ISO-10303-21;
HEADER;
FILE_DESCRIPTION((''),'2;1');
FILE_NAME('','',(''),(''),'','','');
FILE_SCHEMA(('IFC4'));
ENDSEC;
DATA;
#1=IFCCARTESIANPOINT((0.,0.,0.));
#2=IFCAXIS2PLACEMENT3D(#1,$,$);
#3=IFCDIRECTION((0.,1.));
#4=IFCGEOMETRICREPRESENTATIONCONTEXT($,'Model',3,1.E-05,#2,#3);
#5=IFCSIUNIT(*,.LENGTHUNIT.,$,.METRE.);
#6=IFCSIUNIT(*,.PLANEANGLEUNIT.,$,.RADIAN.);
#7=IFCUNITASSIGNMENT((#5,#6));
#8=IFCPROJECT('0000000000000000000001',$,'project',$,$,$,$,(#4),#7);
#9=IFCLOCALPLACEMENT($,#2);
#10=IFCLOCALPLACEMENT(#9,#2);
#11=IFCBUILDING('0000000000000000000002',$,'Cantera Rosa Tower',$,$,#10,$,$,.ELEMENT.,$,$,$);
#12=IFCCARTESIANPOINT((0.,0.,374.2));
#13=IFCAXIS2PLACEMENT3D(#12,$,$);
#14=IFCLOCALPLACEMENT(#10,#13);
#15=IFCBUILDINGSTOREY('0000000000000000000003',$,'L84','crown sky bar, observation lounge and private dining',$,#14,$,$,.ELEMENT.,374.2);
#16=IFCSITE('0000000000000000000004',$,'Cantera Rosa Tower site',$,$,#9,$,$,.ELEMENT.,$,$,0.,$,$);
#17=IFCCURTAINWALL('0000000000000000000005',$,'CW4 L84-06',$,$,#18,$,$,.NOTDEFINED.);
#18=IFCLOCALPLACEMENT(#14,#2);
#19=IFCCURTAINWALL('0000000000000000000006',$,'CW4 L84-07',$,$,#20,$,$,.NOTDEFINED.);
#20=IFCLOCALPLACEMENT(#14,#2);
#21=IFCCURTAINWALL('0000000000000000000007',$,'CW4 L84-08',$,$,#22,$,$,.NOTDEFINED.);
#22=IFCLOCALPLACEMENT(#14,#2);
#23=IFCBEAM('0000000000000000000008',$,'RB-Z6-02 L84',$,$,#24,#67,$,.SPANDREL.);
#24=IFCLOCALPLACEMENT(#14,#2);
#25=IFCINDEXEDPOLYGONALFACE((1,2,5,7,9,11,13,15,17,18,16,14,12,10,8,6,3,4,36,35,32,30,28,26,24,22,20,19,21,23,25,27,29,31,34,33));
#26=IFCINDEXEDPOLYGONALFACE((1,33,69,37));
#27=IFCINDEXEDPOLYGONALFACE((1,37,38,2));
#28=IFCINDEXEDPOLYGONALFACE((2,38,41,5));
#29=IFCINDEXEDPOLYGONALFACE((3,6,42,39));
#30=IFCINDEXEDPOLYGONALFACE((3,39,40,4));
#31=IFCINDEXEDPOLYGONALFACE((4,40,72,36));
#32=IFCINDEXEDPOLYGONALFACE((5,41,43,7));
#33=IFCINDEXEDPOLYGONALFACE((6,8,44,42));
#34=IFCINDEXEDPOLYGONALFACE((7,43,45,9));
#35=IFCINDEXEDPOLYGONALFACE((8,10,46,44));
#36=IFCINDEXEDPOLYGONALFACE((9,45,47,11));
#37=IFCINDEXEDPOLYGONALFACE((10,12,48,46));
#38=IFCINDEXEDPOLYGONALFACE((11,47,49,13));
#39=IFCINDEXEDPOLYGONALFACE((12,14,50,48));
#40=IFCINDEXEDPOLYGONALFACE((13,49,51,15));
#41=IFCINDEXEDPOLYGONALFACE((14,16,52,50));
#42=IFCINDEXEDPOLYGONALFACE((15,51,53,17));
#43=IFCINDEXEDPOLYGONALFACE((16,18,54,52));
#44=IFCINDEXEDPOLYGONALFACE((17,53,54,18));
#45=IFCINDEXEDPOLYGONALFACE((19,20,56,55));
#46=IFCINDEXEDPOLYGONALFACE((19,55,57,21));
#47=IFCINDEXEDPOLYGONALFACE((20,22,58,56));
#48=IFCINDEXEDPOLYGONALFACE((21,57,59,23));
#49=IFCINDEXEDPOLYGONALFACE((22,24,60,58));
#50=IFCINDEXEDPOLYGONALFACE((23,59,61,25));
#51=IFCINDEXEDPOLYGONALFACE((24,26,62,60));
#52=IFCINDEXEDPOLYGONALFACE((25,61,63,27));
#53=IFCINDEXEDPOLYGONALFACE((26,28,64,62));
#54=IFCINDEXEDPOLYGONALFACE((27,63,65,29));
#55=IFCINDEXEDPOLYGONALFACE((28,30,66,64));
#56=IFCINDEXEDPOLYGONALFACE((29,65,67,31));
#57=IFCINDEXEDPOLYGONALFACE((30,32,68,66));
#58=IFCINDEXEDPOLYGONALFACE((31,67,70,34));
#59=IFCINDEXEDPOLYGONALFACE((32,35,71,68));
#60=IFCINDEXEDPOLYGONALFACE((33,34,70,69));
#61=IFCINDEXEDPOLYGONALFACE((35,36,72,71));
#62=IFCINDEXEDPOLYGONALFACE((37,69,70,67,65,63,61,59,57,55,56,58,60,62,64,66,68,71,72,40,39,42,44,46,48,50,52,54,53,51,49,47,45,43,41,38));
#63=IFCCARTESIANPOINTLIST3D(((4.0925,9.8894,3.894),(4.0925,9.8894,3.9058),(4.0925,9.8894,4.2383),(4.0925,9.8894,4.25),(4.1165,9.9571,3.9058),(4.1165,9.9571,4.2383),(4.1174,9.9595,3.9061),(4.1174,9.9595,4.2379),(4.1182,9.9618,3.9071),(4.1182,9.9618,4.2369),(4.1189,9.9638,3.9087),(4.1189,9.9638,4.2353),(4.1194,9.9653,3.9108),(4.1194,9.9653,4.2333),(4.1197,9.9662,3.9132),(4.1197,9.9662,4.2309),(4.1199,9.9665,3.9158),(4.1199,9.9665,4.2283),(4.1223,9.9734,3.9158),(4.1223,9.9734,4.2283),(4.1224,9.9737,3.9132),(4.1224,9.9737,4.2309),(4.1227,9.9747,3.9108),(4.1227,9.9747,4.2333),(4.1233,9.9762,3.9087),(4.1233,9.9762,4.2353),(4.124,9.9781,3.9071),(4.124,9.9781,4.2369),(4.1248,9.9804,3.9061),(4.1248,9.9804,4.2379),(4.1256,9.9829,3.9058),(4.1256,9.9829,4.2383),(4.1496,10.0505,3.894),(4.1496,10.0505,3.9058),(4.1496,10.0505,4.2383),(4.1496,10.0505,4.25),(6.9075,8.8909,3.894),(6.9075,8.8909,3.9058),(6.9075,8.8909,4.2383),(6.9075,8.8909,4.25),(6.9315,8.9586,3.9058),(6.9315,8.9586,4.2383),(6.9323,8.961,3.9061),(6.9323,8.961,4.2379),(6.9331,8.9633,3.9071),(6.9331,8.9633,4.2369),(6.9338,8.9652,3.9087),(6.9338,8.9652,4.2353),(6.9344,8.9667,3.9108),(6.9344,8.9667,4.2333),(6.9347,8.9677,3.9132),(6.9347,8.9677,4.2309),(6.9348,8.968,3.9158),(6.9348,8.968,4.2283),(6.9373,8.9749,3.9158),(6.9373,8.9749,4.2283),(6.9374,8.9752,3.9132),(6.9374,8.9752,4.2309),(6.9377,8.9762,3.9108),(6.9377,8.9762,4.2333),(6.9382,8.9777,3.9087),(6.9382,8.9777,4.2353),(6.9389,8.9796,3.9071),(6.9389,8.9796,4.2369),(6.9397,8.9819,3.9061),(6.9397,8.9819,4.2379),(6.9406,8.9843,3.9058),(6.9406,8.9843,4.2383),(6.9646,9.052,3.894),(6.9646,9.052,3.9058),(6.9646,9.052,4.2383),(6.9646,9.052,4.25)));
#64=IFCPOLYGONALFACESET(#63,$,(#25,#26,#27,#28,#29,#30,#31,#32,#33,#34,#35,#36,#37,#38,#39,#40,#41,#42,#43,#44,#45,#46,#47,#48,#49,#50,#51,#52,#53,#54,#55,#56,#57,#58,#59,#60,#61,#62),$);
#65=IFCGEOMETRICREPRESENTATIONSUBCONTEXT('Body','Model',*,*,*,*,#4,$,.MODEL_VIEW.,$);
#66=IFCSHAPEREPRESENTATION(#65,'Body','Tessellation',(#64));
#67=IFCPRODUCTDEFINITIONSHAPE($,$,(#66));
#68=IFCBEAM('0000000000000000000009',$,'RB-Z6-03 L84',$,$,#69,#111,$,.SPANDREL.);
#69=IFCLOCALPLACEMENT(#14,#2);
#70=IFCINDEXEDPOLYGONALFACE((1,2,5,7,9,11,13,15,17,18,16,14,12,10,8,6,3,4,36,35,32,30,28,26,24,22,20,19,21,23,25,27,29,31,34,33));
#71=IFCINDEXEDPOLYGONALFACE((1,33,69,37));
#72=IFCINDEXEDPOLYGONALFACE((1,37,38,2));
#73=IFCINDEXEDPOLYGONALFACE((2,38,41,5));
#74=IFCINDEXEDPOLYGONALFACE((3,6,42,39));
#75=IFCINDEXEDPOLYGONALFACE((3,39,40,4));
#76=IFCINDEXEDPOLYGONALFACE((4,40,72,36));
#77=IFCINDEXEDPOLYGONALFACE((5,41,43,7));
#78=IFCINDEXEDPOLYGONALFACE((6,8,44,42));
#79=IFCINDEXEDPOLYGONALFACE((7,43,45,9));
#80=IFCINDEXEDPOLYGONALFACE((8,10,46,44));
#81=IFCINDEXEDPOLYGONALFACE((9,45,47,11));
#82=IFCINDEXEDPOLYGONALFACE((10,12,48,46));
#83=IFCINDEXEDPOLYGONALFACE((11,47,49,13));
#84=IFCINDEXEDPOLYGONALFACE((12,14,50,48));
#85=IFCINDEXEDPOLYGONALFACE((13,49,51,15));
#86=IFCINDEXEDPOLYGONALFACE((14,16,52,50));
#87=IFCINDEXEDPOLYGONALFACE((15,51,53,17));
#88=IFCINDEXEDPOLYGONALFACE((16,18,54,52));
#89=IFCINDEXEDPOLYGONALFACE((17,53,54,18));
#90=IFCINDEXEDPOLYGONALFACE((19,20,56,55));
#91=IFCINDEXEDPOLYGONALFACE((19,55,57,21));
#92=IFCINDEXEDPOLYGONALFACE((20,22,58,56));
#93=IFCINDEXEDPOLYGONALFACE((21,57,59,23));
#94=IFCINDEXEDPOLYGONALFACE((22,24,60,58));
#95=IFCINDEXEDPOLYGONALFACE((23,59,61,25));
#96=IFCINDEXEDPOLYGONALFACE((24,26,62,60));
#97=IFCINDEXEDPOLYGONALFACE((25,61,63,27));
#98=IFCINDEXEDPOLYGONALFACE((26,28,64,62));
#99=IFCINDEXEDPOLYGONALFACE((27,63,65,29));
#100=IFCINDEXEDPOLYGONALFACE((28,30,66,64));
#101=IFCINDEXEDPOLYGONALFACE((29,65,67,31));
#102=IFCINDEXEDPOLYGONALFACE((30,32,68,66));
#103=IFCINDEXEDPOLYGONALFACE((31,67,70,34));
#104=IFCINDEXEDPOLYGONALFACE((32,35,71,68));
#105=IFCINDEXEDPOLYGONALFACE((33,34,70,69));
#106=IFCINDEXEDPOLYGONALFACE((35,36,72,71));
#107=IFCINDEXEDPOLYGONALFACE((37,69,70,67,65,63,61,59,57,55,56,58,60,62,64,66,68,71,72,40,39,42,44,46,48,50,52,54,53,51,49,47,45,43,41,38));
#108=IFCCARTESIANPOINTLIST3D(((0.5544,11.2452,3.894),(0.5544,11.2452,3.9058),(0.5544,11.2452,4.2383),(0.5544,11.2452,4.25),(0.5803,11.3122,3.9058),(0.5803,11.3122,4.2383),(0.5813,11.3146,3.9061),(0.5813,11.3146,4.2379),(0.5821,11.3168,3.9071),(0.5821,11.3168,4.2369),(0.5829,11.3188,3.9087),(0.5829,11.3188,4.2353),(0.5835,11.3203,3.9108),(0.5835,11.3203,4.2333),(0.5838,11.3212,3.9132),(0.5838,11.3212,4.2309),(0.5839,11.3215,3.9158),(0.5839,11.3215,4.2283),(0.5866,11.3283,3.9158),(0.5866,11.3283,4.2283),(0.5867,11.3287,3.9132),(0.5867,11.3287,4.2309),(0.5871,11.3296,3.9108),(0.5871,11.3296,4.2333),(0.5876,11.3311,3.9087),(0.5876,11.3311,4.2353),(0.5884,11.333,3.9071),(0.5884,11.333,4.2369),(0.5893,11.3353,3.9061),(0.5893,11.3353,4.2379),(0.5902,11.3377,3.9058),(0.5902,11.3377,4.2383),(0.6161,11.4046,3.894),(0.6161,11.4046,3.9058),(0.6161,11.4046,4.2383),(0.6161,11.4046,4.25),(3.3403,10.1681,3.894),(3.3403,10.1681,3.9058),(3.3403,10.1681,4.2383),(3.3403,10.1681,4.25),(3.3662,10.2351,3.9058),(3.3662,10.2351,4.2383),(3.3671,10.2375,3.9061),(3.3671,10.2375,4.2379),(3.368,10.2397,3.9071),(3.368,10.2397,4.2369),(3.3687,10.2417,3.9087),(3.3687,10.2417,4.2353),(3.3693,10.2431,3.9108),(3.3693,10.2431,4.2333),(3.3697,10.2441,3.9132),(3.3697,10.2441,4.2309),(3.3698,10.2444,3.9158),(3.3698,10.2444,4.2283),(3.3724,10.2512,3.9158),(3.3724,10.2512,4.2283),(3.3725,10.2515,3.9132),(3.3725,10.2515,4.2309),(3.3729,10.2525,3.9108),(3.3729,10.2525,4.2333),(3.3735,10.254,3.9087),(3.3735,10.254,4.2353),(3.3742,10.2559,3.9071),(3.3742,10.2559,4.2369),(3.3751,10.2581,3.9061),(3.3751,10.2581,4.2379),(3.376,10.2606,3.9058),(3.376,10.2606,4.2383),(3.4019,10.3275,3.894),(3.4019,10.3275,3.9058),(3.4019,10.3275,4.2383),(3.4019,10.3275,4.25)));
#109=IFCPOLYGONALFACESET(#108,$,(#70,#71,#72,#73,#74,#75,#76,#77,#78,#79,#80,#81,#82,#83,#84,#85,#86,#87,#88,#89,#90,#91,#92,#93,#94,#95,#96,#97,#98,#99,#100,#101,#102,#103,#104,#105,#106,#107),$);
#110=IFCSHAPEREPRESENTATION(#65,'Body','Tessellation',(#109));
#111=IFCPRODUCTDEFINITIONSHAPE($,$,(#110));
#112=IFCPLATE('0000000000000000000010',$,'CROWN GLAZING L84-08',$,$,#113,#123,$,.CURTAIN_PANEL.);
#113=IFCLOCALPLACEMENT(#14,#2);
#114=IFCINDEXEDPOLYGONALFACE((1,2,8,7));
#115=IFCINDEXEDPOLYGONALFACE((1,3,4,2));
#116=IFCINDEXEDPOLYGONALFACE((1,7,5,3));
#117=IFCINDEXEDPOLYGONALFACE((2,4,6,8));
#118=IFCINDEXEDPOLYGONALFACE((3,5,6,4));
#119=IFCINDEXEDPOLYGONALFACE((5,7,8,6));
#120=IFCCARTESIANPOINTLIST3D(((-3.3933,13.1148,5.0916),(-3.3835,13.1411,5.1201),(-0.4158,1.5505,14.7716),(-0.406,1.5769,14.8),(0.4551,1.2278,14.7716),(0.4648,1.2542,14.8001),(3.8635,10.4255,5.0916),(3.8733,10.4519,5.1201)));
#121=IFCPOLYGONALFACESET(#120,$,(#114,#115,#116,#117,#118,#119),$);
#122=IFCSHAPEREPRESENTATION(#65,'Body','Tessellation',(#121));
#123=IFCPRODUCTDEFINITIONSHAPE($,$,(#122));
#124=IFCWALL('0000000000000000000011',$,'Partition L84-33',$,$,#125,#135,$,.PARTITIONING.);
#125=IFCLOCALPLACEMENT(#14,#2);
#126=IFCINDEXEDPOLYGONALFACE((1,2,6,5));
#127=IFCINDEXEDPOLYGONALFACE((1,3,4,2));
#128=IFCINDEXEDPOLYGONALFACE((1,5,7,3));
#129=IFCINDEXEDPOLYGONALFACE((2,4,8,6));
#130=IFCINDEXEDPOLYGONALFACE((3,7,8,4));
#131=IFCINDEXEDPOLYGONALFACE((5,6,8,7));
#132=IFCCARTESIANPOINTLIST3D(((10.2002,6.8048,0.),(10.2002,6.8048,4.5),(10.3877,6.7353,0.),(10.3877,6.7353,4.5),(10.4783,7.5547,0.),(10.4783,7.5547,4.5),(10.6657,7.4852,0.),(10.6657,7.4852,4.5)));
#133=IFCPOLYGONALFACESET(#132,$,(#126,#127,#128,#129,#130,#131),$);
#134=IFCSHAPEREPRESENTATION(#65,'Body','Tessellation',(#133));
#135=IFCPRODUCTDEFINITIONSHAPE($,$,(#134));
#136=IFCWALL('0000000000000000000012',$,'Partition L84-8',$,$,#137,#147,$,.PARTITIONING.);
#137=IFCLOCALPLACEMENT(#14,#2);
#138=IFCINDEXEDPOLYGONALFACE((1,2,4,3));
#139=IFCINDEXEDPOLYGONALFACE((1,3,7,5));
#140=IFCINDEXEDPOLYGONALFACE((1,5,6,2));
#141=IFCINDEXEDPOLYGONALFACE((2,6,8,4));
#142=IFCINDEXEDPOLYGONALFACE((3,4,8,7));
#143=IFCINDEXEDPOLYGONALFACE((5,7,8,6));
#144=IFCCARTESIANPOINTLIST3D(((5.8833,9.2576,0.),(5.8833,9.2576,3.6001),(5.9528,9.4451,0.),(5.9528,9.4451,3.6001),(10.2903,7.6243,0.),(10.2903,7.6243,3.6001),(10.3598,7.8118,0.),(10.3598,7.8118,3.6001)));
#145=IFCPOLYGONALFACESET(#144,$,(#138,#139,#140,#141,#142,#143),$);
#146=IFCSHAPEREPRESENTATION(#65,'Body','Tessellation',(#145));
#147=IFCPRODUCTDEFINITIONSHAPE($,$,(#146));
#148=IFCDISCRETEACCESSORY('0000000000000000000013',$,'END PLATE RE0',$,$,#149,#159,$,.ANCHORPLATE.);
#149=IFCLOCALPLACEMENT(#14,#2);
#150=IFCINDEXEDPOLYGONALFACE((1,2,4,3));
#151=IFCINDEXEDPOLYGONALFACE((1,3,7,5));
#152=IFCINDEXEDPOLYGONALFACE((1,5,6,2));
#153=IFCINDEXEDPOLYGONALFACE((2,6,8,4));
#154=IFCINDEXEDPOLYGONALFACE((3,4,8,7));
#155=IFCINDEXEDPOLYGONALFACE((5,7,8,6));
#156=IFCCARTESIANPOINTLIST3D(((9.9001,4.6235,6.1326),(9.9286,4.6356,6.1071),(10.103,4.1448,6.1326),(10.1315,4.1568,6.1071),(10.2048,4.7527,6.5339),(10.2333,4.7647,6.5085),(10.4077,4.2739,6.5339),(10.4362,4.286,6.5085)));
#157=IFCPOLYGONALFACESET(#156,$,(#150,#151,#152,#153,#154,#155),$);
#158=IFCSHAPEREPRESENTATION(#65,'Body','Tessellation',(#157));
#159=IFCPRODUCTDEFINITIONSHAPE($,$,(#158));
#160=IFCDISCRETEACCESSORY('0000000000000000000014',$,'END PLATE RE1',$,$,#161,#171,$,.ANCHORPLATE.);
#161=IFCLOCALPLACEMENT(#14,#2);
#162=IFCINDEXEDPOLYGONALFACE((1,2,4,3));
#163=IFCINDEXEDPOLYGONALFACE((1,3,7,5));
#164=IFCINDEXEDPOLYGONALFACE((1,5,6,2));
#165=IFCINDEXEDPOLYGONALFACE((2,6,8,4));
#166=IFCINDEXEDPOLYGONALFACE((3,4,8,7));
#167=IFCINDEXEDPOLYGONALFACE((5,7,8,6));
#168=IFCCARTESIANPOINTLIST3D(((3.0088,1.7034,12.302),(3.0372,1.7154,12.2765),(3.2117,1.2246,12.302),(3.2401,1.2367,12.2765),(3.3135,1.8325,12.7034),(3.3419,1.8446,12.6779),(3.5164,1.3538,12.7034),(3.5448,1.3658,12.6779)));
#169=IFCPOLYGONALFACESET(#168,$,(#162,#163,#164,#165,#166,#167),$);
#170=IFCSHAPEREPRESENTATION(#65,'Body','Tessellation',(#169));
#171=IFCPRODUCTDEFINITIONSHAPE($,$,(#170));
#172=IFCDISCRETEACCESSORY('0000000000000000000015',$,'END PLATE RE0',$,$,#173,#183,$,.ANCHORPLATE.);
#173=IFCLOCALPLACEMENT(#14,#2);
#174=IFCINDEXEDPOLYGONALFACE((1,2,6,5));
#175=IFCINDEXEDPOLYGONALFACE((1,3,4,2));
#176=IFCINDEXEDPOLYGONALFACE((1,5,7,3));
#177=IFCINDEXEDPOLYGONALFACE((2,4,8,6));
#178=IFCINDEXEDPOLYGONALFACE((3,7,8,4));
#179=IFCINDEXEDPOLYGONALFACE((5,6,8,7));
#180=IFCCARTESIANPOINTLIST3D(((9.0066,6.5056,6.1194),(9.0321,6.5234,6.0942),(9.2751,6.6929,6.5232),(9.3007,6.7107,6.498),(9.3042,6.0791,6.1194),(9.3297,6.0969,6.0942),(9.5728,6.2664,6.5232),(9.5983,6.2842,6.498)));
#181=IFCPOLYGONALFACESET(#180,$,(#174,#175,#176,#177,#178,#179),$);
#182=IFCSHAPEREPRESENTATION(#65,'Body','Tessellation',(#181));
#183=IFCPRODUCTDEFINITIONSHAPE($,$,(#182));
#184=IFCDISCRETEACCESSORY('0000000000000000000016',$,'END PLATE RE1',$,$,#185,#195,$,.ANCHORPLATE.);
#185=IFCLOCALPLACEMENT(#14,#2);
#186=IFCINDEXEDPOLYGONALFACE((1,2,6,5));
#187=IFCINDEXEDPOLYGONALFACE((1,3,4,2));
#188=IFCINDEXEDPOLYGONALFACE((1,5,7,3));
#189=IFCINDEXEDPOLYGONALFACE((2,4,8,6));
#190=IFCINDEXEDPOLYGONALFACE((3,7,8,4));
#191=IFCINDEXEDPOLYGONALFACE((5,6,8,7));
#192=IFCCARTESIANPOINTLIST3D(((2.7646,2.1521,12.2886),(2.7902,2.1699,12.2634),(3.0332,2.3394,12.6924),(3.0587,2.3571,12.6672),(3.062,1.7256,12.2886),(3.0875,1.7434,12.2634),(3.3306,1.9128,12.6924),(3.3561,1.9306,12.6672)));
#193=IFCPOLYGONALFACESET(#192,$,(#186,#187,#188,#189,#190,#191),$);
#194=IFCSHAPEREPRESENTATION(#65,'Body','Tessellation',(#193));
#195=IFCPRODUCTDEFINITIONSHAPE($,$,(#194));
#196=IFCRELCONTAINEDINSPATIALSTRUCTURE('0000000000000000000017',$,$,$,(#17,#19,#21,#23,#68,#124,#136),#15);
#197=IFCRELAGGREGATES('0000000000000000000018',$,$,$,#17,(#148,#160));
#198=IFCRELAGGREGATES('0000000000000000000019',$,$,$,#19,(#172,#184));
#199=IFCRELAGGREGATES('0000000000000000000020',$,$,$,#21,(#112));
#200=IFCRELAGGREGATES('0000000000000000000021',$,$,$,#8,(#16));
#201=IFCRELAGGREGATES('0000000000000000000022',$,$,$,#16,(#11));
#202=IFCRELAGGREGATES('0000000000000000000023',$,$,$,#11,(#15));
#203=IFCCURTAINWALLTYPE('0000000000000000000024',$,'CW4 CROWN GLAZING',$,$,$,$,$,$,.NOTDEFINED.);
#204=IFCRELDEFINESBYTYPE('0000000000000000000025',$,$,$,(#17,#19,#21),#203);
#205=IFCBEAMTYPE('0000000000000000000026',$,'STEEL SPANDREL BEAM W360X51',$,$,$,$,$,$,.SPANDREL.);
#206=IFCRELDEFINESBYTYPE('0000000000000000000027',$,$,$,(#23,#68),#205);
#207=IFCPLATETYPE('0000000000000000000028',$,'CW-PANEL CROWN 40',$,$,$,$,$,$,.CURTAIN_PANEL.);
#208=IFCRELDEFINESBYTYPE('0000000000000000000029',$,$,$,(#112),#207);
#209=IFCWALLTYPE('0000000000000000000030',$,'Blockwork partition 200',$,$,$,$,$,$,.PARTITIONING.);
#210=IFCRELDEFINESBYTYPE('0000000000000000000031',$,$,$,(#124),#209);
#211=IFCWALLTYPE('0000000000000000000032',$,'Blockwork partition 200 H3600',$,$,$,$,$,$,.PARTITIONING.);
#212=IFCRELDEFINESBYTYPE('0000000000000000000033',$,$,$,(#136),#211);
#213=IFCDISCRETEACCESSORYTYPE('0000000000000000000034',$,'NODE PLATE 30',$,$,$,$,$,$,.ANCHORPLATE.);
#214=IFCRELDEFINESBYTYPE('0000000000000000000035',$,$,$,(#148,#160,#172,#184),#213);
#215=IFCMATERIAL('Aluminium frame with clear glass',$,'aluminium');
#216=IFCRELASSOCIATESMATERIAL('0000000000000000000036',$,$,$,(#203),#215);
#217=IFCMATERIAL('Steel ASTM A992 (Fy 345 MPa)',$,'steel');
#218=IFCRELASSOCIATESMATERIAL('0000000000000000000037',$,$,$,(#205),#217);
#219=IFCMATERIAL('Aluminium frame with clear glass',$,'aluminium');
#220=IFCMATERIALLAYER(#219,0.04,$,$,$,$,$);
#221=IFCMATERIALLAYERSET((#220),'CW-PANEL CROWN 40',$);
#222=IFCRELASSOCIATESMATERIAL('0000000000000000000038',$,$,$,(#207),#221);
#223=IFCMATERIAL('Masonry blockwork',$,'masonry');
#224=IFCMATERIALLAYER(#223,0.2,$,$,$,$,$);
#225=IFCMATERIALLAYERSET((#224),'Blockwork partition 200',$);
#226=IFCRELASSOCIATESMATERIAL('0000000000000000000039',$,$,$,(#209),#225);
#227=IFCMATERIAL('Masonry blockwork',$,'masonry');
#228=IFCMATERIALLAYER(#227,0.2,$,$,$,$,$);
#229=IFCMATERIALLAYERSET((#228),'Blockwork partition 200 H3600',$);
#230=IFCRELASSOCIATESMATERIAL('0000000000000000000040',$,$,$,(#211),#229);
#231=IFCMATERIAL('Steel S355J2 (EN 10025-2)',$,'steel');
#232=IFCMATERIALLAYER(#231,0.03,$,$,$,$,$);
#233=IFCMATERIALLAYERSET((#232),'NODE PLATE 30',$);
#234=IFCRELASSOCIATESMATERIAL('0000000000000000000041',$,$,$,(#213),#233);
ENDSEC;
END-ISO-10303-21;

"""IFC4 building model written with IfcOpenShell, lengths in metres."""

from ifc_helpers import new_model, si_unit, direction, frame, frame_2d, origin, origin_2d, place, context, subcontext, project, spatial, polyline, rectangle, i_section, outline, extrude, material, layer, layer_set, material_profile, profile_set, type_object, element, aggregate, save


model = new_model("IFC4")

# Units and contexts
model_context = context("Model", 3, precision=1e-05, world=origin(), true_north=direction((0.0, 1.0)))
body_context = subcontext(model_context, "Body", "Model", "MODEL_VIEW")
ifc_project = project(units=[si_unit("LENGTHUNIT", "METRE"), si_unit("PLANEANGLEUNIT", "RADIAN")], contexts=[model_context])

# Site, building, storey
site_placement = place(None, origin())
site = spatial("IfcSite", under=ifc_project, at=site_placement, Name="Cantera Rosa Tower site", CompositionType="ELEMENT", RefElevation=0.0)
building_placement = place(site_placement, origin())
building = spatial("IfcBuilding", under=site, at=building_placement, Name="Cantera Rosa Tower", CompositionType="ELEMENT")
storey_placement = place(building_placement, frame((0.0, 0.0, 374.2)))
storey = spatial("IfcBuildingStorey", under=building, at=storey_placement, Name="L84", Description="crown sky bar, observation lounge and private dining", CompositionType="ELEMENT", Elevation=374.2)

# Curtain walls
ifc_material_1 = material(Name="Aluminium frame with clear glass", Category="aluminium")
curtain_wall_type = type_object("IfcCurtainWallType", Name="CW4 CROWN GLAZING", PredefinedType="NOTDEFINED", material=ifc_material_1)
curtain_wall_1_placement = place(storey_placement, origin())
curtain_wall_1 = element("IfcCurtainWall", 1, at=curtain_wall_1_placement, inside=storey, type_object=curtain_wall_type, Name="CW4 L84-06", PredefinedType="NOTDEFINED")
curtain_wall_2_placement = place(storey_placement, origin())
curtain_wall_2 = element("IfcCurtainWall", 2, at=curtain_wall_2_placement, inside=storey, type_object=curtain_wall_type, Name="CW4 L84-07", PredefinedType="NOTDEFINED")
curtain_wall_3_placement = place(storey_placement, origin())
curtain_wall_3 = element("IfcCurtainWall", 3, at=curtain_wall_3_placement, inside=storey, type_object=curtain_wall_type, Name="CW4 L84-08", PredefinedType="NOTDEFINED")

# Beams
ifc_material_2 = material(Name="Steel ASTM A992 (Fy 345 MPa)", Category="steel")
ifc_material_profile_1 = material_profile(ifc_material_2, i_section(OverallWidth=0.1709, OverallDepth=0.356, WebThickness=0.0073, FlangeThickness=0.0117, FilletRadius=0.01, at=origin_2d()), Name="W360X51")
ifc_profile_set_1 = profile_set([ifc_material_profile_1], Name="Steel ASTM A992 (Fy 345 MPa)")
beam_type_1 = type_object("IfcBeamType", Name="STEEL SPANDREL BEAM W360X51", PredefinedType="SPANDREL", material=ifc_profile_set_1)
for number, where, z_axis, x_axis, name in (
    (4, (6.936, 8.9714, 4.072), (-0.942461, 0.334316, 0.0), (-0.334316, -0.942461, 0.0), "RB-Z6-02 L84"),
    (5, (3.3711, 10.2478, 4.072), (-0.93271, 0.360627, 0.0), (-0.360627, -0.93271, 0.0), "RB-Z6-03 L84"),
):
    element("IfcBeam", number, at=place(storey_placement, frame(where, z_axis=z_axis, x_axis=x_axis)), inside=storey, type_object=beam_type_1, Name=name, PredefinedType="SPANDREL", context=body_context, shape_type="SweptSolid", body=[
        extrude(i_section(OverallWidth=0.1709, OverallDepth=0.356, WebThickness=0.0073, FlangeThickness=0.0117, FilletRadius=0.01, at=origin_2d()), origin(), (0.0, 0.0, 1.0), 2.9868),
    ])

# Plate
ifc_material_3 = material(Name="Aluminium frame with clear glass", Category="aluminium")
ifc_layer_1 = layer(ifc_material_3, 0.04)
ifc_layer_set_1 = layer_set([ifc_layer_1], Name="CW-PANEL CROWN 40")
plate_type = type_object("IfcPlateType", Name="CW-PANEL CROWN 40", PredefinedType="CURTAIN_PANEL", material=ifc_layer_set_1)
plate_placement = place(storey_placement, frame((3.8733, 10.4519, 5.1201), z_axis=(0.244079, 0.658639, 0.711772), x_axis=(-0.937685, 0.347486, 0.000002)))
plate = element("IfcPlate", 6, at=plate_placement, type_object=plate_type, Name="CROWN GLAZING L84-08", PredefinedType="CURTAIN_PANEL", context=body_context, shape_type="SweptSolid", body=[
    extrude(outline(polyline([(0.0, 0.0), (7.7391, 0.0), (0.9287, 13.781), (0.0, 13.781), (0.0, 0.0)])), origin(), (0.0, 0.0, -1.0), 0.04),
])

# Walls
ifc_material_4 = material(Name="Masonry blockwork", Category="masonry")
ifc_layer_2 = layer(ifc_material_4, 0.2)
ifc_layer_set_2 = layer_set([ifc_layer_2], Name="Blockwork partition 200")
wall_type_1 = type_object("IfcWallType", Name="Blockwork partition 200", PredefinedType="PARTITIONING", material=ifc_layer_set_2)
wall_1_placement = place(storey_placement, frame((10.2939, 6.77, 0.0), z_axis=(0.0, 0.0, 1.0), x_axis=(0.347642, 0.937627, 0.0)))
element("IfcWall", 7, at=wall_1_placement, inside=storey, type_object=wall_type_1, Name="Partition L84-33", PredefinedType="PARTITIONING", context=body_context, shape_type="SweptSolid", body=[
    extrude(rectangle(XDim=0.7998, YDim=0.2, at=frame_2d((0.3999, 0.0))), origin(), (0.0, 0.0, 1.0), 4.5),
])
ifc_material_5 = material(Name="Masonry blockwork", Category="masonry")
ifc_layer_3 = layer(ifc_material_5, 0.2)
ifc_layer_set_3 = layer_set([ifc_layer_3], Name="Blockwork partition 200 H3600")
wall_type_2 = type_object("IfcWallType", Name="Blockwork partition 200 H3600", PredefinedType="PARTITIONING", material=ifc_layer_set_3)
wall_2_placement = place(storey_placement, frame((10.3252, 7.718, 0.0), z_axis=(0.0, 0.0, 1.0), x_axis=(-0.937674, 0.347517, 0.0)))
element("IfcWall", 8, at=wall_2_placement, inside=storey, type_object=wall_type_2, Name="Partition L84-8", PredefinedType="PARTITIONING", context=body_context, shape_type="SweptSolid", body=[
    extrude(rectangle(XDim=4.7, YDim=0.2, at=frame_2d((2.3501, 0.0))), origin(), (0.0, 0.0, 1.0), 3.6001),
])

# Discrete accessories
ifc_material_6 = material(Name="Steel S355J2 (EN 10025-2)", Category="steel")
ifc_layer_4 = layer(ifc_material_6, 0.03)
ifc_layer_set_4 = layer_set([ifc_layer_4], Name="NODE PLATE 30")
discrete_accessory_type = type_object("IfcDiscreteAccessoryType", Name="NODE PLATE 30", PredefinedType="ANCHORPLATE", material=ifc_layer_set_4)
discrete_accessory_1_placement = place(storey_placement, frame((10.2048, 4.7527, 6.5339), z_axis=(-0.710407, -0.301044, 0.636156), x_axis=(0.390176, -0.92074, 0.0)))
discrete_accessory_1 = element("IfcDiscreteAccessory", 9, at=discrete_accessory_1_placement, type_object=discrete_accessory_type, Name="END PLATE RE0", PredefinedType="ANCHORPLATE", context=body_context, shape_type="SweptSolid", body=[
    extrude(outline(polyline([(0.0, 0.0), (0.52, 0.0), (0.52, -0.5202), (0.0, -0.5202), (0.0, 0.0)])), origin(), (0.0, 0.0, -1.0), 0.04),
])
discrete_accessory_2_placement = place(storey_placement, frame((3.5164, 1.3538, 12.7034), z_axis=(-0.710407, -0.301044, 0.636156), x_axis=(-0.390176, 0.92074, 0.0)))
discrete_accessory_2 = element("IfcDiscreteAccessory", 10, at=discrete_accessory_2_placement, type_object=discrete_accessory_type, Name="END PLATE RE1", PredefinedType="ANCHORPLATE", context=body_context, shape_type="SweptSolid", body=[
    extrude(outline(polyline([(0.0, 0.0), (0.52, 0.0), (0.5199, 0.5202), (0.0, 0.5202), (0.0, 0.0)])), origin(), (0.0, 0.0, -1.0), 0.04),
])
aggregate(curtain_wall_1, [discrete_accessory_1, discrete_accessory_2])
discrete_accessory_3_placement = place(storey_placement, frame((9.2751, 6.6929, 6.5232), z_axis=(-0.637025, -0.444496, 0.62978), x_axis=(0.572233, -0.820091, 0.0)))
discrete_accessory_3 = element("IfcDiscreteAccessory", 11, at=discrete_accessory_3_placement, type_object=discrete_accessory_type, Name="END PLATE RE0", PredefinedType="ANCHORPLATE", context=body_context, shape_type="SweptSolid", body=[
    extrude(outline(polyline([(0.0, 0.0), (0.5201, 0.0), (0.52, -0.5199), (-0.0001, -0.5199), (0.0, 0.0)])), origin(), (0.0, 0.0, -1.0), 0.04),
])
discrete_accessory_4_placement = place(storey_placement, frame((3.3306, 1.9128, 12.6924), z_axis=(-0.637196, -0.44425, 0.62978), x_axis=(-0.571917, 0.820311, 0.0)))
discrete_accessory_4 = element("IfcDiscreteAccessory", 12, at=discrete_accessory_4_placement, type_object=discrete_accessory_type, Name="END PLATE RE1", PredefinedType="ANCHORPLATE", context=body_context, shape_type="SweptSolid", body=[
    extrude(outline(polyline([(0.0, 0.0), (0.5199, 0.0), (0.5199, 0.5199), (0.0, 0.5199), (0.0, 0.0)])), origin(), (0.0, 0.0, -1.0), 0.04),
])
aggregate(curtain_wall_2, [discrete_accessory_3, discrete_accessory_4])
aggregate(curtain_wall_3, [plate])

save(model, "model.ifc")
